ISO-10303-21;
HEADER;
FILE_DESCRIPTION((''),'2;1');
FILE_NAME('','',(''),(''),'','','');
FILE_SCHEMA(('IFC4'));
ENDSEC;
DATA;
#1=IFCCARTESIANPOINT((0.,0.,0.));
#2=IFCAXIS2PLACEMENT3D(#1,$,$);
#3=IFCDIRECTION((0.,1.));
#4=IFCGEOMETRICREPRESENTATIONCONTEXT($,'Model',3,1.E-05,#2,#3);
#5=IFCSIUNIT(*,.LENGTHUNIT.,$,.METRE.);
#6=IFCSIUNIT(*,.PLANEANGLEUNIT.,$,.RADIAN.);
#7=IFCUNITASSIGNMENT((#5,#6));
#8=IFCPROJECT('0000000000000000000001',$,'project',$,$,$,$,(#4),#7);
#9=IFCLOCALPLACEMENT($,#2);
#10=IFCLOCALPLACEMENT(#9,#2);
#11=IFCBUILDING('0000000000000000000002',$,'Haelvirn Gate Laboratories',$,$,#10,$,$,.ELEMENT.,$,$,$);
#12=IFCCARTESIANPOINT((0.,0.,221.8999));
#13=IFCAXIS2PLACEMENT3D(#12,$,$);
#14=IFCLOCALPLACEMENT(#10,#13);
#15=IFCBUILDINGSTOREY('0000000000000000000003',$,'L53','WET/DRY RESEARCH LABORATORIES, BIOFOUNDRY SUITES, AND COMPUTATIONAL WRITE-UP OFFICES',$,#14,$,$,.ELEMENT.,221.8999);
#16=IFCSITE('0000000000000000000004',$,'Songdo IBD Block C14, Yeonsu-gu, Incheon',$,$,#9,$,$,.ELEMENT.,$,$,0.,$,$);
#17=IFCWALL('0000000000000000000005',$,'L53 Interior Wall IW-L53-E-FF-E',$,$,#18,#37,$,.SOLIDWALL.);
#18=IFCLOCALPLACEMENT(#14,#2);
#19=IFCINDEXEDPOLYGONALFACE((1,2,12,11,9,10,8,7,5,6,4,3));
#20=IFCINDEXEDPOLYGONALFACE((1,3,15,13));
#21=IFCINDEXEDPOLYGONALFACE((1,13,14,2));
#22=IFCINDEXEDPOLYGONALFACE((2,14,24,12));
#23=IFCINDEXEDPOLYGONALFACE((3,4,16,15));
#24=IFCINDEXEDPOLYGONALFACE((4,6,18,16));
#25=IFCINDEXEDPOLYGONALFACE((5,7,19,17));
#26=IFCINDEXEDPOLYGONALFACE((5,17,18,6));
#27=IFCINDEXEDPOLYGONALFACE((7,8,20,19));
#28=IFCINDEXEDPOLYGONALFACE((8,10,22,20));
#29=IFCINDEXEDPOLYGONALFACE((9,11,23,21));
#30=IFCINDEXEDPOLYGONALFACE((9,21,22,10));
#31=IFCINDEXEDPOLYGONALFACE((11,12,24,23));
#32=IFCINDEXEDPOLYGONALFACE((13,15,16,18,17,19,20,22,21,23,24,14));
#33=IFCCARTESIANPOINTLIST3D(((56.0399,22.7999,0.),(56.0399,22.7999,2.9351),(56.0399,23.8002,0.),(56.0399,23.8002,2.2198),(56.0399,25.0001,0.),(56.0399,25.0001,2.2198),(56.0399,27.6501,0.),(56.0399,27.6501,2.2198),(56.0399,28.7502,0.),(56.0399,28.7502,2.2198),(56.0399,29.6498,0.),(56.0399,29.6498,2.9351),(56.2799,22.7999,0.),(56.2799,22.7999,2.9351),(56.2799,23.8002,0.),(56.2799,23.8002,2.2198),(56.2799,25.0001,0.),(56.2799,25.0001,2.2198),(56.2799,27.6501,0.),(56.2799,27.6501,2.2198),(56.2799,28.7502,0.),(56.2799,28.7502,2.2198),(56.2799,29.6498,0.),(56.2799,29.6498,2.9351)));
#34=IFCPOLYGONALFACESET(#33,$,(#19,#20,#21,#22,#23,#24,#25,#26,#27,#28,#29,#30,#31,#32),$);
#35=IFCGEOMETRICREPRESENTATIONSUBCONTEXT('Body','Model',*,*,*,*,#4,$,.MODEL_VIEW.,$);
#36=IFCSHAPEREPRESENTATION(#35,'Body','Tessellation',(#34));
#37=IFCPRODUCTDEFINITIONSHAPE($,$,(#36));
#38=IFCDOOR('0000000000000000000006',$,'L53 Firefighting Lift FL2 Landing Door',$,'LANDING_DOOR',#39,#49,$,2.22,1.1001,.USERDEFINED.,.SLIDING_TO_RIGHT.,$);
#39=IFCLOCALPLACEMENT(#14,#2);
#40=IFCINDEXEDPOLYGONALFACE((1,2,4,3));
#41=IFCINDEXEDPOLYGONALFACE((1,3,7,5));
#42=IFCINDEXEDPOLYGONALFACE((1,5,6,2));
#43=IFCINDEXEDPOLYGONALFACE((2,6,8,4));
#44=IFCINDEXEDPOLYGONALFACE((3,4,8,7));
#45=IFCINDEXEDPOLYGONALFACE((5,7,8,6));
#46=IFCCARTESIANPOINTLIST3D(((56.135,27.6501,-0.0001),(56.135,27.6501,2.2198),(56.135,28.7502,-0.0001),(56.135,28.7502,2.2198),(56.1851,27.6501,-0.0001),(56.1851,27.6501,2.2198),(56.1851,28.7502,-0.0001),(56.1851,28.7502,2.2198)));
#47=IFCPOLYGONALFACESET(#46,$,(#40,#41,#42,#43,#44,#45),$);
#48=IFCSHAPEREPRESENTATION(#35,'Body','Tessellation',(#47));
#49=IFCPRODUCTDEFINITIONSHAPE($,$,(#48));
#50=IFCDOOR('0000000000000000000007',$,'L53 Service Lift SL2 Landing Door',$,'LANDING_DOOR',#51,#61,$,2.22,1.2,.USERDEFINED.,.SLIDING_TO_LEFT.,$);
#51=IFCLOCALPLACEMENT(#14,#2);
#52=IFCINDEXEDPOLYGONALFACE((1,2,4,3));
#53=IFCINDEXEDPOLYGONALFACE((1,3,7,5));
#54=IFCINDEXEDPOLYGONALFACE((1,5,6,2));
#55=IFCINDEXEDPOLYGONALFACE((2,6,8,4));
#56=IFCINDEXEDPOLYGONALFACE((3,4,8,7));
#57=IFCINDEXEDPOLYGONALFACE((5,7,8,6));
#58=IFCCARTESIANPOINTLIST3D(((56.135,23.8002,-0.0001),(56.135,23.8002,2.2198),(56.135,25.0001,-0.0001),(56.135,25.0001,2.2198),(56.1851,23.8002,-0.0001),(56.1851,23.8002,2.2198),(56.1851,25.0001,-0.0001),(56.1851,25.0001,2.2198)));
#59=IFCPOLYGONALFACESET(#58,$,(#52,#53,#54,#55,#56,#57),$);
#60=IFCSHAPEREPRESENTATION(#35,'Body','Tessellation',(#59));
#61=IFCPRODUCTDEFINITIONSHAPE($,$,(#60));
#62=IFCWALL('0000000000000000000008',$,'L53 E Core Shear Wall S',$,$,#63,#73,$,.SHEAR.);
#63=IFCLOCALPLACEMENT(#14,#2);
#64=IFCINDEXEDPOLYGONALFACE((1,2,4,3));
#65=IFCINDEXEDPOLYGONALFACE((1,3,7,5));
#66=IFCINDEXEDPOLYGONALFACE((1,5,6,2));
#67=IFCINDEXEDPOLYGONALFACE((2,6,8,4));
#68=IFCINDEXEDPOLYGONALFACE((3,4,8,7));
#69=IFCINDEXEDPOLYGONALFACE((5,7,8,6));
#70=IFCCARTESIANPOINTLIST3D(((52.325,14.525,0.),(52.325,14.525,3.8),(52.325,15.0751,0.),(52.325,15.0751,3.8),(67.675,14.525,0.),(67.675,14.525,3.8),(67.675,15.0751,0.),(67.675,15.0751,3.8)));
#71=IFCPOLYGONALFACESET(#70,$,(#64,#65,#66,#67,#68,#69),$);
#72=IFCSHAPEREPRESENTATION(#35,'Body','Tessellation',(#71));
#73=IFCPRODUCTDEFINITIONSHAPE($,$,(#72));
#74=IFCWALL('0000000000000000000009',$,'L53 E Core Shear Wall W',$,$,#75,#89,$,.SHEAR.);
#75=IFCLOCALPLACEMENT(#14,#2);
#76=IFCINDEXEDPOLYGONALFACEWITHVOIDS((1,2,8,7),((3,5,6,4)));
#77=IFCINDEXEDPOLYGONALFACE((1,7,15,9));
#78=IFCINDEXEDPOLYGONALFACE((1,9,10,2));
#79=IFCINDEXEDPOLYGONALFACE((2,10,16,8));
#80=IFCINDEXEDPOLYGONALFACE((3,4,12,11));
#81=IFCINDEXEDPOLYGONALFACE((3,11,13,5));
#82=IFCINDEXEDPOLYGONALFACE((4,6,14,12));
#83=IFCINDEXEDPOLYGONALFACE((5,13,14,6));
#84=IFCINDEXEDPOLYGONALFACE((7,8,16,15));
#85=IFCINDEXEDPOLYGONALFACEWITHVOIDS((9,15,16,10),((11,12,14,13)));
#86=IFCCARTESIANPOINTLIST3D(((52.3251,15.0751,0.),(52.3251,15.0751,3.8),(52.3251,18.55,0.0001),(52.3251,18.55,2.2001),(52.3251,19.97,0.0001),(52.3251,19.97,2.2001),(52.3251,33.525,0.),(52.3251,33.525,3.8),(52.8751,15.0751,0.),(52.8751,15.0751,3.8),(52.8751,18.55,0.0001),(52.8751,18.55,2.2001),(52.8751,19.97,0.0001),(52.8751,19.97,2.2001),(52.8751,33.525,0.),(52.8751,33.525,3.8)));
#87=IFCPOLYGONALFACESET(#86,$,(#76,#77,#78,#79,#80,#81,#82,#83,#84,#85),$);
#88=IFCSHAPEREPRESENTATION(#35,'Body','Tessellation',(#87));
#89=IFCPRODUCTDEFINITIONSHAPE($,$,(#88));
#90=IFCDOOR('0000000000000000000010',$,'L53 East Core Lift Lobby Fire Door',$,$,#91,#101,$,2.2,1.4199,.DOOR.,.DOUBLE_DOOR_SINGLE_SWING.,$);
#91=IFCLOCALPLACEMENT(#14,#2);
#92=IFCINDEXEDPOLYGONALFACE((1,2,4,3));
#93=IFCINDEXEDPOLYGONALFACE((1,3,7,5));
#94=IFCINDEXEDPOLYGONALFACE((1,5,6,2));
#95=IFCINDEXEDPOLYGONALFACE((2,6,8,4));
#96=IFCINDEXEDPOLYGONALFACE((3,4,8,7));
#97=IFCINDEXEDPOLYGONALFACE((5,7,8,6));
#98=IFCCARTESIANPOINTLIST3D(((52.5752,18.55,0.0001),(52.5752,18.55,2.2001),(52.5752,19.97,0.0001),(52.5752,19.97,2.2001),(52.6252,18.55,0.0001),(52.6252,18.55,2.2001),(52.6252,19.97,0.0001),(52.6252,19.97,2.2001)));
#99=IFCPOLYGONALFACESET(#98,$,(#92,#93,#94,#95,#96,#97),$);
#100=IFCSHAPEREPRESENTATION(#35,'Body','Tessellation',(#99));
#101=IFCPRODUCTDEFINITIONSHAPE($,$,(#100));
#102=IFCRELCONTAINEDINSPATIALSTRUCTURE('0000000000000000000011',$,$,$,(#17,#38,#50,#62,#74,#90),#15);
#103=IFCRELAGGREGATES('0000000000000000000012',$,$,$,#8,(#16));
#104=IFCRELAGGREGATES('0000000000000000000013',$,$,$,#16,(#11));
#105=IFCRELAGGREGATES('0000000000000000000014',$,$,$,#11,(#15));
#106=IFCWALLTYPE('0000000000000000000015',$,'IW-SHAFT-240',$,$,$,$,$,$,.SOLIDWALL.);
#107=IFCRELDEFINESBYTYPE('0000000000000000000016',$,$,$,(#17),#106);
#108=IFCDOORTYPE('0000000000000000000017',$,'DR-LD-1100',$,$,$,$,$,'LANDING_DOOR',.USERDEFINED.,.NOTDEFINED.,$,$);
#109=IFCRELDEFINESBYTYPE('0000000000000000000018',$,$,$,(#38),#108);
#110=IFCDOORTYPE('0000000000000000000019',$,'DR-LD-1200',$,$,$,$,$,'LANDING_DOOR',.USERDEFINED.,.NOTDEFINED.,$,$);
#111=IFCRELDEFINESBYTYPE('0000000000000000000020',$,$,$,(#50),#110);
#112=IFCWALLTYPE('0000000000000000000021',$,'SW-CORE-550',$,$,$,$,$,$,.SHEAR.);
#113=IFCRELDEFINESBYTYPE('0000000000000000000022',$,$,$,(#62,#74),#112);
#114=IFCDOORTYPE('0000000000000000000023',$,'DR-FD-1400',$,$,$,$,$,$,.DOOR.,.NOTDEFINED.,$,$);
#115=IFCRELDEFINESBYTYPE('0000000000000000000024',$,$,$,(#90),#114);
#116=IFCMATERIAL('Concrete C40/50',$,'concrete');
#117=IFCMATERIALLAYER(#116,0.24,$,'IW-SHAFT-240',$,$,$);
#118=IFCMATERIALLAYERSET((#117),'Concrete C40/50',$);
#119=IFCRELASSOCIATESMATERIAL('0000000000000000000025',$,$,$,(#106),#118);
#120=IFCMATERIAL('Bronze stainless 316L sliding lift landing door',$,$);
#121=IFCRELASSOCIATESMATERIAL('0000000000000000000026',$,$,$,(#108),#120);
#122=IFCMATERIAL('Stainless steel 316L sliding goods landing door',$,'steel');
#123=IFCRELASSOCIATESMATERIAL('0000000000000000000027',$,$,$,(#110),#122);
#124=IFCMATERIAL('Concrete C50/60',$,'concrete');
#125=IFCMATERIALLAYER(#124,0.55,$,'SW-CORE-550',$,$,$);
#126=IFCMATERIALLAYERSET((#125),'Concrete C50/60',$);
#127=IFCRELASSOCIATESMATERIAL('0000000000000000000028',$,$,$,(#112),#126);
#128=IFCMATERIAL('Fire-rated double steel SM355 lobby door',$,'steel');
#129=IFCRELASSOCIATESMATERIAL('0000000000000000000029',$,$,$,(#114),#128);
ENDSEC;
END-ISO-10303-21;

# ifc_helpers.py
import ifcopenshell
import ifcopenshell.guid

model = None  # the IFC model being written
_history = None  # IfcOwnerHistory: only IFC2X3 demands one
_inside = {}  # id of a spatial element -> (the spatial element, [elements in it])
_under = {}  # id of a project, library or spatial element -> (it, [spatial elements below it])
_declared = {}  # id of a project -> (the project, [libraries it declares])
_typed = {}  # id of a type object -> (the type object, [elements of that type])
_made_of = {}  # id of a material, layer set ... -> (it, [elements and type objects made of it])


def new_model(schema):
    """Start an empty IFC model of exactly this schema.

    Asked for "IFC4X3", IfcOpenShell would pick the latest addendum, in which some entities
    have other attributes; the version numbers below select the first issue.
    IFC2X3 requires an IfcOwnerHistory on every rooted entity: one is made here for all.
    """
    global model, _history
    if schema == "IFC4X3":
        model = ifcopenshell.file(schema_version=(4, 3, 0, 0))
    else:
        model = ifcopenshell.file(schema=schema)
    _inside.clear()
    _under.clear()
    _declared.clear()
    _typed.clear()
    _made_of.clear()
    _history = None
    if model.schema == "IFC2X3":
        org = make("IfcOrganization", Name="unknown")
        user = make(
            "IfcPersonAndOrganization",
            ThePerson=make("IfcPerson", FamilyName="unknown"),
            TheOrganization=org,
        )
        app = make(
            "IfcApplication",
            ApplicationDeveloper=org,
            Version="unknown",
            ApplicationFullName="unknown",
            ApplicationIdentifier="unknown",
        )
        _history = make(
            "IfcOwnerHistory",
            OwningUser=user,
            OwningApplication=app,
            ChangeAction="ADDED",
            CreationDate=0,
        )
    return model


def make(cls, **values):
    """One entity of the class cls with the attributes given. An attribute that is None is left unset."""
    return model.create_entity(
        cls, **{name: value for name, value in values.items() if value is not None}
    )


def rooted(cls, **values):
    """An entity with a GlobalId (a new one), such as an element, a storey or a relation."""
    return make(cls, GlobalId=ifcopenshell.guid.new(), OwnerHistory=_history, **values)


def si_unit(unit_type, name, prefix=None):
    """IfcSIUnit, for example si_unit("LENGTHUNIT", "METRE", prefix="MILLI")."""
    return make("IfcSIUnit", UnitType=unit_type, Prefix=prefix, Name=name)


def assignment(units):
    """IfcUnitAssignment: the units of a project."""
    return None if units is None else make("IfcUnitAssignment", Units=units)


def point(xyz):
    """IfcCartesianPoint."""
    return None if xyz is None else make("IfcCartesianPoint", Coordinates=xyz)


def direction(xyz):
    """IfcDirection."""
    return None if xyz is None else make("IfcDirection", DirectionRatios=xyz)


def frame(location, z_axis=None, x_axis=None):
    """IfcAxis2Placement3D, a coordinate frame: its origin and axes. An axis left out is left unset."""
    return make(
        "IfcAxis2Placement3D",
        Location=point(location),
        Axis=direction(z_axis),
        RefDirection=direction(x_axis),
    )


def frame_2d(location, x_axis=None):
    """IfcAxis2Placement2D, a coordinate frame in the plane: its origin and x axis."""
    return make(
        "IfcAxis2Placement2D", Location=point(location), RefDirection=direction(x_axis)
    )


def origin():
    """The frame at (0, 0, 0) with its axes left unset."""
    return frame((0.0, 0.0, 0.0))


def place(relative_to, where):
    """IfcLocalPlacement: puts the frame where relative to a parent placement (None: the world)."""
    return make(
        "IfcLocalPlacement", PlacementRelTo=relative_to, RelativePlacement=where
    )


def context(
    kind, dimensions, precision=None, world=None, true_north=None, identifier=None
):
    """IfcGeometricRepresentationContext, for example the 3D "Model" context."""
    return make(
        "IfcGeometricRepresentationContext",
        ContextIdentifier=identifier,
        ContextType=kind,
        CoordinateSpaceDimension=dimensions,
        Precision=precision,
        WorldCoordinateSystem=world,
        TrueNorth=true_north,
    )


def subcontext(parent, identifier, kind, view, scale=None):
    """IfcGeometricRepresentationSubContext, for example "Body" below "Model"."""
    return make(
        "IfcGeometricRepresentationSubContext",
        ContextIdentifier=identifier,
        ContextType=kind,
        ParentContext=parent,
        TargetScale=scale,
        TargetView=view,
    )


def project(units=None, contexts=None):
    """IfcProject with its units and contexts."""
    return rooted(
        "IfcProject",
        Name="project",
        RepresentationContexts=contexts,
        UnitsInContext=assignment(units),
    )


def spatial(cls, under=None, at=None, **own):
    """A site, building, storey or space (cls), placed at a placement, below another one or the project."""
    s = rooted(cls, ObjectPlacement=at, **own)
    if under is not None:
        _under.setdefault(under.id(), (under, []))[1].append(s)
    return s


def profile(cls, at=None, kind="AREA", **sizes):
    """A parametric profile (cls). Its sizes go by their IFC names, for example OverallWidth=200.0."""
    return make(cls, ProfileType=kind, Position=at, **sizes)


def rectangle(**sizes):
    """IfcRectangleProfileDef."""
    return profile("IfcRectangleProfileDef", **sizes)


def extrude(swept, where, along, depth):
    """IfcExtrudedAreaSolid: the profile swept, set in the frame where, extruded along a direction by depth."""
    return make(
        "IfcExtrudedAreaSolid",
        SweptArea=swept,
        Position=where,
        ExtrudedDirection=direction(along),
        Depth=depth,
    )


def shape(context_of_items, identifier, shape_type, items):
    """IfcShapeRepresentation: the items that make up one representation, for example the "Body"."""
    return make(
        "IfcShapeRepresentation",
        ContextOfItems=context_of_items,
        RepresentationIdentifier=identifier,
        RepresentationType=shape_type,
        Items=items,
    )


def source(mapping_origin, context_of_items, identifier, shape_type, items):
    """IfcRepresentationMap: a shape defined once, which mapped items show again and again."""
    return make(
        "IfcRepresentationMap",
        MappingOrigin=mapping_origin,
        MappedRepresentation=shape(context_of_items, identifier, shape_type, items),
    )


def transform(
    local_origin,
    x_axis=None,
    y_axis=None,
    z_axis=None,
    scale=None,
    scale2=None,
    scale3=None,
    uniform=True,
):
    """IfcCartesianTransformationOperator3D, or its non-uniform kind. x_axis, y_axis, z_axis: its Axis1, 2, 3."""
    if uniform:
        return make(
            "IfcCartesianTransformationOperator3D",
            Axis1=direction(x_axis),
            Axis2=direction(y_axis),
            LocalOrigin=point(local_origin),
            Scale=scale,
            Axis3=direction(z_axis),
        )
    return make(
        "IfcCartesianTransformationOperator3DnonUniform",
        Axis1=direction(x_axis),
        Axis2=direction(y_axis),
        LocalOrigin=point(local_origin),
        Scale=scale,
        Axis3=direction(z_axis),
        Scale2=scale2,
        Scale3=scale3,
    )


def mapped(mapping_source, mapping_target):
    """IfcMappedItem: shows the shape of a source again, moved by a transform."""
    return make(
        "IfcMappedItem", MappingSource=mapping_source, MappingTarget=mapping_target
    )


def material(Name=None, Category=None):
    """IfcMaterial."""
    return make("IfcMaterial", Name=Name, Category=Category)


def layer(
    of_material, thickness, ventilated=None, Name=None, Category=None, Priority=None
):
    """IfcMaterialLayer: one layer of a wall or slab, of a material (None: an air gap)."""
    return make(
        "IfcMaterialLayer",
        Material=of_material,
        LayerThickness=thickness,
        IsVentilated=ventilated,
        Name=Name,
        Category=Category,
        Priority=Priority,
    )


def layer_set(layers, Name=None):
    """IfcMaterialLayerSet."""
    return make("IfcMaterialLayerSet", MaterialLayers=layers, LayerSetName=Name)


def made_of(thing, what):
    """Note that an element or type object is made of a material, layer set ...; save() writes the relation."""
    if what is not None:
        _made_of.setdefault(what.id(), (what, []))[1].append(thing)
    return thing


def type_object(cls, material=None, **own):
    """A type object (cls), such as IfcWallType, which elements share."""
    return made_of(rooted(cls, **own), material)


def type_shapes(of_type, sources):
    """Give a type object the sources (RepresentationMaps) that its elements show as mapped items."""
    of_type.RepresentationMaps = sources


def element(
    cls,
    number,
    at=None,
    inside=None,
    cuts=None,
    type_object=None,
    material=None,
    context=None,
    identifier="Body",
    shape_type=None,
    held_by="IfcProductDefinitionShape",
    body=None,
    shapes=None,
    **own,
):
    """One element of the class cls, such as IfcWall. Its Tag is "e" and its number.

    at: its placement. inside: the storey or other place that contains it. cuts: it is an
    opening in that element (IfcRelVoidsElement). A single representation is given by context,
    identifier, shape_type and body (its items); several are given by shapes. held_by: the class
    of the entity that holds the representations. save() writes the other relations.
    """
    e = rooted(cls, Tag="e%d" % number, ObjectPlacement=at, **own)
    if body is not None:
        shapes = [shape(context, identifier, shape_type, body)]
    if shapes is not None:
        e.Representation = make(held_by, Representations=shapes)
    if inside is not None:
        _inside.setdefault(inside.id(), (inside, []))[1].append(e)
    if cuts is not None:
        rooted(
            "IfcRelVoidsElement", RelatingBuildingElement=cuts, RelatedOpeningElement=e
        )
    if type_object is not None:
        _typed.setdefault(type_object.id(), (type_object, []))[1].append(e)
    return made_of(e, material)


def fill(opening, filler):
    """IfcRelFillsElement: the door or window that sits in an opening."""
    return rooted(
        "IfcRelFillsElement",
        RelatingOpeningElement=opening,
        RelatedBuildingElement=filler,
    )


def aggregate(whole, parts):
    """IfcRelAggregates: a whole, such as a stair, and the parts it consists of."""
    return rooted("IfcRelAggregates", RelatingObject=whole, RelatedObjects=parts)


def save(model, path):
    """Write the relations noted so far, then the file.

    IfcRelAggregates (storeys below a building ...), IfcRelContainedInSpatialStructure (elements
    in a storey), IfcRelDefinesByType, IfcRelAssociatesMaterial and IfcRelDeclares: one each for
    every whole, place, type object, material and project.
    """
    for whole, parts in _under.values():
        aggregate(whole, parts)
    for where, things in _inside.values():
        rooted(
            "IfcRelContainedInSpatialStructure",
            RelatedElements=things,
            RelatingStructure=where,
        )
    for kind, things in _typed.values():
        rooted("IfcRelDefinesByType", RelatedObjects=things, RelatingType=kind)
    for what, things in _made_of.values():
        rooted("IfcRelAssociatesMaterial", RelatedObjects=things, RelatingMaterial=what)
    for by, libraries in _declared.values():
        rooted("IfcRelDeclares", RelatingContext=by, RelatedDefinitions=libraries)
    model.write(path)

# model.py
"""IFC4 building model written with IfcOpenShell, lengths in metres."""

from ifc_helpers import new_model, si_unit, direction, frame, frame_2d, origin, place, context, subcontext, project, spatial, rectangle, extrude, source, transform, mapped, material, layer, layer_set, type_object, type_shapes, element, fill, save


model = new_model("IFC4")

# Units and contexts
model_context = context("Model", 3, precision=1e-05, world=origin(), true_north=direction((0.0, 1.0)))
body_context = subcontext(model_context, "Body", "Model", "MODEL_VIEW")
ifc_project = project(units=[si_unit("LENGTHUNIT", "METRE"), si_unit("PLANEANGLEUNIT", "RADIAN")], contexts=[model_context])

# Site, building, storey
site_placement = place(None, origin())
site = spatial("IfcSite", under=ifc_project, at=site_placement, Name="Songdo IBD Block C14, Yeonsu-gu, Incheon", CompositionType="ELEMENT", RefElevation=0.0)
building_placement = place(site_placement, origin())
building = spatial("IfcBuilding", under=site, at=building_placement, Name="Haelvirn Gate Laboratories", CompositionType="ELEMENT")
storey_placement = place(building_placement, frame((0.0, 0.0, 221.8999)))
storey = spatial("IfcBuildingStorey", under=building, at=storey_placement, Name="L53", Description="WET/DRY RESEARCH LABORATORIES, BIOFOUNDRY SUITES, AND COMPUTATIONAL WRITE-UP OFFICES", CompositionType="ELEMENT", Elevation=221.8999)

# Shared definitions
ifc_material_1 = material(Name="Concrete C40/50", Category="concrete")

# Wall, openings, doors
ifc_layer_1 = layer(ifc_material_1, 0.24, Name="IW-SHAFT-240")
ifc_layer_set_1 = layer_set([ifc_layer_1], Name="Concrete C40/50")
wall_type_1 = type_object("IfcWallType", Name="IW-SHAFT-240", PredefinedType="SOLIDWALL", material=ifc_layer_set_1)
wall_1_placement = place(storey_placement, frame((56.1599, 22.8, 0.0), z_axis=(0.0, 0.0, 1.0), x_axis=(0.0, 1.0, 0.0)))
wall_1 = element("IfcWall", 1, at=wall_1_placement, inside=storey, type_object=wall_type_1, Name="L53 Interior Wall IW-L53-E-FF-E", PredefinedType="SOLIDWALL", context=body_context, shape_type="SweptSolid", body=[
    extrude(rectangle(XDim=6.8499, YDim=0.24, at=frame_2d((3.4248, 0.0))), origin(), (0.0, 0.0, 1.0), 2.9351),
])
opening_1_placement = place(wall_1_placement, frame((4.8501, 0.0, 0.0)))
opening_1 = element("IfcOpeningElement", 2, at=opening_1_placement, cuts=wall_1, PredefinedType="OPENING", context=body_context, shape_type="SweptSolid", body=[
    extrude(rectangle(XDim=1.1001, YDim=2.22, at=frame_2d((0.55, 1.1099))), frame((0.0, 0.1299, 0.0), z_axis=(0.0, -1.0, 0.0), x_axis=(1.0, 0.0, 0.0)), (0.0, 0.0, 1.0), 0.26),
])
opening_2_placement = place(wall_1_placement, frame((1.0, 0.0, 0.0)))
opening_2 = element("IfcOpeningElement", 3, at=opening_2_placement, cuts=wall_1, PredefinedType="OPENING", context=body_context, shape_type="SweptSolid", body=[
    extrude(rectangle(XDim=1.2, YDim=2.22, at=frame_2d((0.6001, 1.1099))), frame((0.0, 0.1299, 0.0), z_axis=(0.0, -1.0, 0.0), x_axis=(1.0, 0.0, 0.0)), (0.0, 0.0, 1.0), 0.26),
])
ifc_material_2 = material(Name="Bronze stainless 316L sliding lift landing door")
door_type_1 = type_object("IfcDoorType", Name="DR-LD-1100", ElementType="LANDING_DOOR", OperationType="NOTDEFINED", PredefinedType="USERDEFINED", material=ifc_material_2)
shared_shape_1 = source(origin(), body_context, "Body", "SweptSolid", [
    extrude(rectangle(XDim=1.1001, YDim=2.22, at=frame_2d((0.55, 1.1099))), frame((0.0, 0.0249, 0.0), z_axis=(0.0, -1.0, 0.0), x_axis=(1.0, 0.0, 0.0)), (0.0, 0.0, 1.0), 0.05),
])
type_shapes(door_type_1, [shared_shape_1])
door_1_placement = place(opening_1_placement, origin())
door_1 = element("IfcDoor", 4, at=door_1_placement, inside=storey, type_object=door_type_1, Name="L53 Firefighting Lift FL2 Landing Door", ObjectType="LANDING_DOOR", OperationType="SLIDING_TO_RIGHT", OverallHeight=2.22, OverallWidth=1.1001, PredefinedType="USERDEFINED", context=body_context, shape_type="MappedRepresentation", body=[
    mapped(shared_shape_1, transform((0.0, 0.0, 0.0), scale=1.0)),
])
fill(opening_1, door_1)
ifc_material_3 = material(Name="Stainless steel 316L sliding goods landing door", Category="steel")
door_type_2 = type_object("IfcDoorType", Name="DR-LD-1200", ElementType="LANDING_DOOR", OperationType="NOTDEFINED", PredefinedType="USERDEFINED", material=ifc_material_3)
shared_shape_2 = source(origin(), body_context, "Body", "SweptSolid", [
    extrude(rectangle(XDim=1.2, YDim=2.22, at=frame_2d((0.6001, 1.1099))), frame((0.0, 0.0249, 0.0), z_axis=(0.0, -1.0, 0.0), x_axis=(1.0, 0.0, 0.0)), (0.0, 0.0, 1.0), 0.05),
])
type_shapes(door_type_2, [shared_shape_2])
door_2_placement = place(opening_2_placement, origin())
door_2 = element("IfcDoor", 5, at=door_2_placement, inside=storey, type_object=door_type_2, Name="L53 Service Lift SL2 Landing Door", ObjectType="LANDING_DOOR", OperationType="SLIDING_TO_LEFT", OverallHeight=2.22, OverallWidth=1.2, PredefinedType="USERDEFINED", context=body_context, shape_type="MappedRepresentation", body=[
    mapped(shared_shape_2, transform((0.0, 0.0, 0.0), scale=1.0)),
])
fill(opening_2, door_2)

# Wall
ifc_material_4 = material(Name="Concrete C50/60", Category="concrete")
ifc_layer_2 = layer(ifc_material_4, 0.55, Name="SW-CORE-550")
ifc_layer_set_2 = layer_set([ifc_layer_2], Name="Concrete C50/60")
wall_type_2 = type_object("IfcWallType", Name="SW-CORE-550", PredefinedType="SHEAR", material=ifc_layer_set_2)
wall_2_placement = place(storey_placement, frame((52.325, 14.8, 0.0), z_axis=(0.0, 0.0, 1.0), x_axis=(1.0, 0.0, 0.0)))
element("IfcWall", 6, at=wall_2_placement, inside=storey, type_object=wall_type_2, Name="L53 E Core Shear Wall S", PredefinedType="SHEAR", context=body_context, shape_type="SweptSolid", body=[
    extrude(rectangle(XDim=15.3501, YDim=0.55, at=frame_2d((7.675, 0.0))), origin(), (0.0, 0.0, 1.0), 3.8),
])

# Wall, opening, door
wall_3_placement = place(storey_placement, frame((52.6001, 15.075, 0.0), z_axis=(0.0, 0.0, 1.0), x_axis=(0.0, 1.0, 0.0)))
wall_3 = element("IfcWall", 7, at=wall_3_placement, inside=storey, type_object=wall_type_2, Name="L53 E Core Shear Wall W", PredefinedType="SHEAR", context=body_context, shape_type="SweptSolid", body=[
    extrude(rectangle(XDim=18.45, YDim=0.55, at=frame_2d((9.2251, 0.0))), origin(), (0.0, 0.0, 1.0), 3.8),
])
opening_3_placement = place(wall_3_placement, frame((3.4751, 0.0, 0.0)))
opening_3 = element("IfcOpeningElement", 8, at=opening_3_placement, cuts=wall_3, PredefinedType="OPENING", context=body_context, shape_type="SweptSolid", body=[
    extrude(rectangle(XDim=1.4199, YDim=2.2, at=frame_2d((0.71, 1.1001))), frame((0.0, 0.2852, 0.0), z_axis=(0.0, -1.0, 0.0), x_axis=(1.0, 0.0, 0.0)), (0.0, 0.0, 1.0), 0.5701),
])
ifc_material_5 = material(Name="Fire-rated double steel SM355 lobby door", Category="steel")
door_type_3 = type_object("IfcDoorType", Name="DR-FD-1400", OperationType="NOTDEFINED", PredefinedType="DOOR", material=ifc_material_5)
shared_shape_3 = source(origin(), body_context, "Body", "SweptSolid", [
    extrude(rectangle(XDim=1.4199, YDim=2.2, at=frame_2d((0.71, 1.1001))), frame((0.0, 0.0249, 0.0), z_axis=(0.0, -1.0, 0.0), x_axis=(1.0, 0.0, 0.0)), (0.0, 0.0, 1.0), 0.05),
])
type_shapes(door_type_3, [shared_shape_3])
door_3_placement = place(opening_3_placement, origin())
door_3 = element("IfcDoor", 9, at=door_3_placement, inside=storey, type_object=door_type_3, Name="L53 East Core Lift Lobby Fire Door", OperationType="DOUBLE_DOOR_SINGLE_SWING", OverallHeight=2.2, OverallWidth=1.4199, PredefinedType="DOOR", context=body_context, shape_type="MappedRepresentation", body=[
    mapped(shared_shape_3, transform((0.0, 0.0, 0.0), scale=1.0)),
])
fill(opening_3, door_3)

save(model, "model.ifc")
